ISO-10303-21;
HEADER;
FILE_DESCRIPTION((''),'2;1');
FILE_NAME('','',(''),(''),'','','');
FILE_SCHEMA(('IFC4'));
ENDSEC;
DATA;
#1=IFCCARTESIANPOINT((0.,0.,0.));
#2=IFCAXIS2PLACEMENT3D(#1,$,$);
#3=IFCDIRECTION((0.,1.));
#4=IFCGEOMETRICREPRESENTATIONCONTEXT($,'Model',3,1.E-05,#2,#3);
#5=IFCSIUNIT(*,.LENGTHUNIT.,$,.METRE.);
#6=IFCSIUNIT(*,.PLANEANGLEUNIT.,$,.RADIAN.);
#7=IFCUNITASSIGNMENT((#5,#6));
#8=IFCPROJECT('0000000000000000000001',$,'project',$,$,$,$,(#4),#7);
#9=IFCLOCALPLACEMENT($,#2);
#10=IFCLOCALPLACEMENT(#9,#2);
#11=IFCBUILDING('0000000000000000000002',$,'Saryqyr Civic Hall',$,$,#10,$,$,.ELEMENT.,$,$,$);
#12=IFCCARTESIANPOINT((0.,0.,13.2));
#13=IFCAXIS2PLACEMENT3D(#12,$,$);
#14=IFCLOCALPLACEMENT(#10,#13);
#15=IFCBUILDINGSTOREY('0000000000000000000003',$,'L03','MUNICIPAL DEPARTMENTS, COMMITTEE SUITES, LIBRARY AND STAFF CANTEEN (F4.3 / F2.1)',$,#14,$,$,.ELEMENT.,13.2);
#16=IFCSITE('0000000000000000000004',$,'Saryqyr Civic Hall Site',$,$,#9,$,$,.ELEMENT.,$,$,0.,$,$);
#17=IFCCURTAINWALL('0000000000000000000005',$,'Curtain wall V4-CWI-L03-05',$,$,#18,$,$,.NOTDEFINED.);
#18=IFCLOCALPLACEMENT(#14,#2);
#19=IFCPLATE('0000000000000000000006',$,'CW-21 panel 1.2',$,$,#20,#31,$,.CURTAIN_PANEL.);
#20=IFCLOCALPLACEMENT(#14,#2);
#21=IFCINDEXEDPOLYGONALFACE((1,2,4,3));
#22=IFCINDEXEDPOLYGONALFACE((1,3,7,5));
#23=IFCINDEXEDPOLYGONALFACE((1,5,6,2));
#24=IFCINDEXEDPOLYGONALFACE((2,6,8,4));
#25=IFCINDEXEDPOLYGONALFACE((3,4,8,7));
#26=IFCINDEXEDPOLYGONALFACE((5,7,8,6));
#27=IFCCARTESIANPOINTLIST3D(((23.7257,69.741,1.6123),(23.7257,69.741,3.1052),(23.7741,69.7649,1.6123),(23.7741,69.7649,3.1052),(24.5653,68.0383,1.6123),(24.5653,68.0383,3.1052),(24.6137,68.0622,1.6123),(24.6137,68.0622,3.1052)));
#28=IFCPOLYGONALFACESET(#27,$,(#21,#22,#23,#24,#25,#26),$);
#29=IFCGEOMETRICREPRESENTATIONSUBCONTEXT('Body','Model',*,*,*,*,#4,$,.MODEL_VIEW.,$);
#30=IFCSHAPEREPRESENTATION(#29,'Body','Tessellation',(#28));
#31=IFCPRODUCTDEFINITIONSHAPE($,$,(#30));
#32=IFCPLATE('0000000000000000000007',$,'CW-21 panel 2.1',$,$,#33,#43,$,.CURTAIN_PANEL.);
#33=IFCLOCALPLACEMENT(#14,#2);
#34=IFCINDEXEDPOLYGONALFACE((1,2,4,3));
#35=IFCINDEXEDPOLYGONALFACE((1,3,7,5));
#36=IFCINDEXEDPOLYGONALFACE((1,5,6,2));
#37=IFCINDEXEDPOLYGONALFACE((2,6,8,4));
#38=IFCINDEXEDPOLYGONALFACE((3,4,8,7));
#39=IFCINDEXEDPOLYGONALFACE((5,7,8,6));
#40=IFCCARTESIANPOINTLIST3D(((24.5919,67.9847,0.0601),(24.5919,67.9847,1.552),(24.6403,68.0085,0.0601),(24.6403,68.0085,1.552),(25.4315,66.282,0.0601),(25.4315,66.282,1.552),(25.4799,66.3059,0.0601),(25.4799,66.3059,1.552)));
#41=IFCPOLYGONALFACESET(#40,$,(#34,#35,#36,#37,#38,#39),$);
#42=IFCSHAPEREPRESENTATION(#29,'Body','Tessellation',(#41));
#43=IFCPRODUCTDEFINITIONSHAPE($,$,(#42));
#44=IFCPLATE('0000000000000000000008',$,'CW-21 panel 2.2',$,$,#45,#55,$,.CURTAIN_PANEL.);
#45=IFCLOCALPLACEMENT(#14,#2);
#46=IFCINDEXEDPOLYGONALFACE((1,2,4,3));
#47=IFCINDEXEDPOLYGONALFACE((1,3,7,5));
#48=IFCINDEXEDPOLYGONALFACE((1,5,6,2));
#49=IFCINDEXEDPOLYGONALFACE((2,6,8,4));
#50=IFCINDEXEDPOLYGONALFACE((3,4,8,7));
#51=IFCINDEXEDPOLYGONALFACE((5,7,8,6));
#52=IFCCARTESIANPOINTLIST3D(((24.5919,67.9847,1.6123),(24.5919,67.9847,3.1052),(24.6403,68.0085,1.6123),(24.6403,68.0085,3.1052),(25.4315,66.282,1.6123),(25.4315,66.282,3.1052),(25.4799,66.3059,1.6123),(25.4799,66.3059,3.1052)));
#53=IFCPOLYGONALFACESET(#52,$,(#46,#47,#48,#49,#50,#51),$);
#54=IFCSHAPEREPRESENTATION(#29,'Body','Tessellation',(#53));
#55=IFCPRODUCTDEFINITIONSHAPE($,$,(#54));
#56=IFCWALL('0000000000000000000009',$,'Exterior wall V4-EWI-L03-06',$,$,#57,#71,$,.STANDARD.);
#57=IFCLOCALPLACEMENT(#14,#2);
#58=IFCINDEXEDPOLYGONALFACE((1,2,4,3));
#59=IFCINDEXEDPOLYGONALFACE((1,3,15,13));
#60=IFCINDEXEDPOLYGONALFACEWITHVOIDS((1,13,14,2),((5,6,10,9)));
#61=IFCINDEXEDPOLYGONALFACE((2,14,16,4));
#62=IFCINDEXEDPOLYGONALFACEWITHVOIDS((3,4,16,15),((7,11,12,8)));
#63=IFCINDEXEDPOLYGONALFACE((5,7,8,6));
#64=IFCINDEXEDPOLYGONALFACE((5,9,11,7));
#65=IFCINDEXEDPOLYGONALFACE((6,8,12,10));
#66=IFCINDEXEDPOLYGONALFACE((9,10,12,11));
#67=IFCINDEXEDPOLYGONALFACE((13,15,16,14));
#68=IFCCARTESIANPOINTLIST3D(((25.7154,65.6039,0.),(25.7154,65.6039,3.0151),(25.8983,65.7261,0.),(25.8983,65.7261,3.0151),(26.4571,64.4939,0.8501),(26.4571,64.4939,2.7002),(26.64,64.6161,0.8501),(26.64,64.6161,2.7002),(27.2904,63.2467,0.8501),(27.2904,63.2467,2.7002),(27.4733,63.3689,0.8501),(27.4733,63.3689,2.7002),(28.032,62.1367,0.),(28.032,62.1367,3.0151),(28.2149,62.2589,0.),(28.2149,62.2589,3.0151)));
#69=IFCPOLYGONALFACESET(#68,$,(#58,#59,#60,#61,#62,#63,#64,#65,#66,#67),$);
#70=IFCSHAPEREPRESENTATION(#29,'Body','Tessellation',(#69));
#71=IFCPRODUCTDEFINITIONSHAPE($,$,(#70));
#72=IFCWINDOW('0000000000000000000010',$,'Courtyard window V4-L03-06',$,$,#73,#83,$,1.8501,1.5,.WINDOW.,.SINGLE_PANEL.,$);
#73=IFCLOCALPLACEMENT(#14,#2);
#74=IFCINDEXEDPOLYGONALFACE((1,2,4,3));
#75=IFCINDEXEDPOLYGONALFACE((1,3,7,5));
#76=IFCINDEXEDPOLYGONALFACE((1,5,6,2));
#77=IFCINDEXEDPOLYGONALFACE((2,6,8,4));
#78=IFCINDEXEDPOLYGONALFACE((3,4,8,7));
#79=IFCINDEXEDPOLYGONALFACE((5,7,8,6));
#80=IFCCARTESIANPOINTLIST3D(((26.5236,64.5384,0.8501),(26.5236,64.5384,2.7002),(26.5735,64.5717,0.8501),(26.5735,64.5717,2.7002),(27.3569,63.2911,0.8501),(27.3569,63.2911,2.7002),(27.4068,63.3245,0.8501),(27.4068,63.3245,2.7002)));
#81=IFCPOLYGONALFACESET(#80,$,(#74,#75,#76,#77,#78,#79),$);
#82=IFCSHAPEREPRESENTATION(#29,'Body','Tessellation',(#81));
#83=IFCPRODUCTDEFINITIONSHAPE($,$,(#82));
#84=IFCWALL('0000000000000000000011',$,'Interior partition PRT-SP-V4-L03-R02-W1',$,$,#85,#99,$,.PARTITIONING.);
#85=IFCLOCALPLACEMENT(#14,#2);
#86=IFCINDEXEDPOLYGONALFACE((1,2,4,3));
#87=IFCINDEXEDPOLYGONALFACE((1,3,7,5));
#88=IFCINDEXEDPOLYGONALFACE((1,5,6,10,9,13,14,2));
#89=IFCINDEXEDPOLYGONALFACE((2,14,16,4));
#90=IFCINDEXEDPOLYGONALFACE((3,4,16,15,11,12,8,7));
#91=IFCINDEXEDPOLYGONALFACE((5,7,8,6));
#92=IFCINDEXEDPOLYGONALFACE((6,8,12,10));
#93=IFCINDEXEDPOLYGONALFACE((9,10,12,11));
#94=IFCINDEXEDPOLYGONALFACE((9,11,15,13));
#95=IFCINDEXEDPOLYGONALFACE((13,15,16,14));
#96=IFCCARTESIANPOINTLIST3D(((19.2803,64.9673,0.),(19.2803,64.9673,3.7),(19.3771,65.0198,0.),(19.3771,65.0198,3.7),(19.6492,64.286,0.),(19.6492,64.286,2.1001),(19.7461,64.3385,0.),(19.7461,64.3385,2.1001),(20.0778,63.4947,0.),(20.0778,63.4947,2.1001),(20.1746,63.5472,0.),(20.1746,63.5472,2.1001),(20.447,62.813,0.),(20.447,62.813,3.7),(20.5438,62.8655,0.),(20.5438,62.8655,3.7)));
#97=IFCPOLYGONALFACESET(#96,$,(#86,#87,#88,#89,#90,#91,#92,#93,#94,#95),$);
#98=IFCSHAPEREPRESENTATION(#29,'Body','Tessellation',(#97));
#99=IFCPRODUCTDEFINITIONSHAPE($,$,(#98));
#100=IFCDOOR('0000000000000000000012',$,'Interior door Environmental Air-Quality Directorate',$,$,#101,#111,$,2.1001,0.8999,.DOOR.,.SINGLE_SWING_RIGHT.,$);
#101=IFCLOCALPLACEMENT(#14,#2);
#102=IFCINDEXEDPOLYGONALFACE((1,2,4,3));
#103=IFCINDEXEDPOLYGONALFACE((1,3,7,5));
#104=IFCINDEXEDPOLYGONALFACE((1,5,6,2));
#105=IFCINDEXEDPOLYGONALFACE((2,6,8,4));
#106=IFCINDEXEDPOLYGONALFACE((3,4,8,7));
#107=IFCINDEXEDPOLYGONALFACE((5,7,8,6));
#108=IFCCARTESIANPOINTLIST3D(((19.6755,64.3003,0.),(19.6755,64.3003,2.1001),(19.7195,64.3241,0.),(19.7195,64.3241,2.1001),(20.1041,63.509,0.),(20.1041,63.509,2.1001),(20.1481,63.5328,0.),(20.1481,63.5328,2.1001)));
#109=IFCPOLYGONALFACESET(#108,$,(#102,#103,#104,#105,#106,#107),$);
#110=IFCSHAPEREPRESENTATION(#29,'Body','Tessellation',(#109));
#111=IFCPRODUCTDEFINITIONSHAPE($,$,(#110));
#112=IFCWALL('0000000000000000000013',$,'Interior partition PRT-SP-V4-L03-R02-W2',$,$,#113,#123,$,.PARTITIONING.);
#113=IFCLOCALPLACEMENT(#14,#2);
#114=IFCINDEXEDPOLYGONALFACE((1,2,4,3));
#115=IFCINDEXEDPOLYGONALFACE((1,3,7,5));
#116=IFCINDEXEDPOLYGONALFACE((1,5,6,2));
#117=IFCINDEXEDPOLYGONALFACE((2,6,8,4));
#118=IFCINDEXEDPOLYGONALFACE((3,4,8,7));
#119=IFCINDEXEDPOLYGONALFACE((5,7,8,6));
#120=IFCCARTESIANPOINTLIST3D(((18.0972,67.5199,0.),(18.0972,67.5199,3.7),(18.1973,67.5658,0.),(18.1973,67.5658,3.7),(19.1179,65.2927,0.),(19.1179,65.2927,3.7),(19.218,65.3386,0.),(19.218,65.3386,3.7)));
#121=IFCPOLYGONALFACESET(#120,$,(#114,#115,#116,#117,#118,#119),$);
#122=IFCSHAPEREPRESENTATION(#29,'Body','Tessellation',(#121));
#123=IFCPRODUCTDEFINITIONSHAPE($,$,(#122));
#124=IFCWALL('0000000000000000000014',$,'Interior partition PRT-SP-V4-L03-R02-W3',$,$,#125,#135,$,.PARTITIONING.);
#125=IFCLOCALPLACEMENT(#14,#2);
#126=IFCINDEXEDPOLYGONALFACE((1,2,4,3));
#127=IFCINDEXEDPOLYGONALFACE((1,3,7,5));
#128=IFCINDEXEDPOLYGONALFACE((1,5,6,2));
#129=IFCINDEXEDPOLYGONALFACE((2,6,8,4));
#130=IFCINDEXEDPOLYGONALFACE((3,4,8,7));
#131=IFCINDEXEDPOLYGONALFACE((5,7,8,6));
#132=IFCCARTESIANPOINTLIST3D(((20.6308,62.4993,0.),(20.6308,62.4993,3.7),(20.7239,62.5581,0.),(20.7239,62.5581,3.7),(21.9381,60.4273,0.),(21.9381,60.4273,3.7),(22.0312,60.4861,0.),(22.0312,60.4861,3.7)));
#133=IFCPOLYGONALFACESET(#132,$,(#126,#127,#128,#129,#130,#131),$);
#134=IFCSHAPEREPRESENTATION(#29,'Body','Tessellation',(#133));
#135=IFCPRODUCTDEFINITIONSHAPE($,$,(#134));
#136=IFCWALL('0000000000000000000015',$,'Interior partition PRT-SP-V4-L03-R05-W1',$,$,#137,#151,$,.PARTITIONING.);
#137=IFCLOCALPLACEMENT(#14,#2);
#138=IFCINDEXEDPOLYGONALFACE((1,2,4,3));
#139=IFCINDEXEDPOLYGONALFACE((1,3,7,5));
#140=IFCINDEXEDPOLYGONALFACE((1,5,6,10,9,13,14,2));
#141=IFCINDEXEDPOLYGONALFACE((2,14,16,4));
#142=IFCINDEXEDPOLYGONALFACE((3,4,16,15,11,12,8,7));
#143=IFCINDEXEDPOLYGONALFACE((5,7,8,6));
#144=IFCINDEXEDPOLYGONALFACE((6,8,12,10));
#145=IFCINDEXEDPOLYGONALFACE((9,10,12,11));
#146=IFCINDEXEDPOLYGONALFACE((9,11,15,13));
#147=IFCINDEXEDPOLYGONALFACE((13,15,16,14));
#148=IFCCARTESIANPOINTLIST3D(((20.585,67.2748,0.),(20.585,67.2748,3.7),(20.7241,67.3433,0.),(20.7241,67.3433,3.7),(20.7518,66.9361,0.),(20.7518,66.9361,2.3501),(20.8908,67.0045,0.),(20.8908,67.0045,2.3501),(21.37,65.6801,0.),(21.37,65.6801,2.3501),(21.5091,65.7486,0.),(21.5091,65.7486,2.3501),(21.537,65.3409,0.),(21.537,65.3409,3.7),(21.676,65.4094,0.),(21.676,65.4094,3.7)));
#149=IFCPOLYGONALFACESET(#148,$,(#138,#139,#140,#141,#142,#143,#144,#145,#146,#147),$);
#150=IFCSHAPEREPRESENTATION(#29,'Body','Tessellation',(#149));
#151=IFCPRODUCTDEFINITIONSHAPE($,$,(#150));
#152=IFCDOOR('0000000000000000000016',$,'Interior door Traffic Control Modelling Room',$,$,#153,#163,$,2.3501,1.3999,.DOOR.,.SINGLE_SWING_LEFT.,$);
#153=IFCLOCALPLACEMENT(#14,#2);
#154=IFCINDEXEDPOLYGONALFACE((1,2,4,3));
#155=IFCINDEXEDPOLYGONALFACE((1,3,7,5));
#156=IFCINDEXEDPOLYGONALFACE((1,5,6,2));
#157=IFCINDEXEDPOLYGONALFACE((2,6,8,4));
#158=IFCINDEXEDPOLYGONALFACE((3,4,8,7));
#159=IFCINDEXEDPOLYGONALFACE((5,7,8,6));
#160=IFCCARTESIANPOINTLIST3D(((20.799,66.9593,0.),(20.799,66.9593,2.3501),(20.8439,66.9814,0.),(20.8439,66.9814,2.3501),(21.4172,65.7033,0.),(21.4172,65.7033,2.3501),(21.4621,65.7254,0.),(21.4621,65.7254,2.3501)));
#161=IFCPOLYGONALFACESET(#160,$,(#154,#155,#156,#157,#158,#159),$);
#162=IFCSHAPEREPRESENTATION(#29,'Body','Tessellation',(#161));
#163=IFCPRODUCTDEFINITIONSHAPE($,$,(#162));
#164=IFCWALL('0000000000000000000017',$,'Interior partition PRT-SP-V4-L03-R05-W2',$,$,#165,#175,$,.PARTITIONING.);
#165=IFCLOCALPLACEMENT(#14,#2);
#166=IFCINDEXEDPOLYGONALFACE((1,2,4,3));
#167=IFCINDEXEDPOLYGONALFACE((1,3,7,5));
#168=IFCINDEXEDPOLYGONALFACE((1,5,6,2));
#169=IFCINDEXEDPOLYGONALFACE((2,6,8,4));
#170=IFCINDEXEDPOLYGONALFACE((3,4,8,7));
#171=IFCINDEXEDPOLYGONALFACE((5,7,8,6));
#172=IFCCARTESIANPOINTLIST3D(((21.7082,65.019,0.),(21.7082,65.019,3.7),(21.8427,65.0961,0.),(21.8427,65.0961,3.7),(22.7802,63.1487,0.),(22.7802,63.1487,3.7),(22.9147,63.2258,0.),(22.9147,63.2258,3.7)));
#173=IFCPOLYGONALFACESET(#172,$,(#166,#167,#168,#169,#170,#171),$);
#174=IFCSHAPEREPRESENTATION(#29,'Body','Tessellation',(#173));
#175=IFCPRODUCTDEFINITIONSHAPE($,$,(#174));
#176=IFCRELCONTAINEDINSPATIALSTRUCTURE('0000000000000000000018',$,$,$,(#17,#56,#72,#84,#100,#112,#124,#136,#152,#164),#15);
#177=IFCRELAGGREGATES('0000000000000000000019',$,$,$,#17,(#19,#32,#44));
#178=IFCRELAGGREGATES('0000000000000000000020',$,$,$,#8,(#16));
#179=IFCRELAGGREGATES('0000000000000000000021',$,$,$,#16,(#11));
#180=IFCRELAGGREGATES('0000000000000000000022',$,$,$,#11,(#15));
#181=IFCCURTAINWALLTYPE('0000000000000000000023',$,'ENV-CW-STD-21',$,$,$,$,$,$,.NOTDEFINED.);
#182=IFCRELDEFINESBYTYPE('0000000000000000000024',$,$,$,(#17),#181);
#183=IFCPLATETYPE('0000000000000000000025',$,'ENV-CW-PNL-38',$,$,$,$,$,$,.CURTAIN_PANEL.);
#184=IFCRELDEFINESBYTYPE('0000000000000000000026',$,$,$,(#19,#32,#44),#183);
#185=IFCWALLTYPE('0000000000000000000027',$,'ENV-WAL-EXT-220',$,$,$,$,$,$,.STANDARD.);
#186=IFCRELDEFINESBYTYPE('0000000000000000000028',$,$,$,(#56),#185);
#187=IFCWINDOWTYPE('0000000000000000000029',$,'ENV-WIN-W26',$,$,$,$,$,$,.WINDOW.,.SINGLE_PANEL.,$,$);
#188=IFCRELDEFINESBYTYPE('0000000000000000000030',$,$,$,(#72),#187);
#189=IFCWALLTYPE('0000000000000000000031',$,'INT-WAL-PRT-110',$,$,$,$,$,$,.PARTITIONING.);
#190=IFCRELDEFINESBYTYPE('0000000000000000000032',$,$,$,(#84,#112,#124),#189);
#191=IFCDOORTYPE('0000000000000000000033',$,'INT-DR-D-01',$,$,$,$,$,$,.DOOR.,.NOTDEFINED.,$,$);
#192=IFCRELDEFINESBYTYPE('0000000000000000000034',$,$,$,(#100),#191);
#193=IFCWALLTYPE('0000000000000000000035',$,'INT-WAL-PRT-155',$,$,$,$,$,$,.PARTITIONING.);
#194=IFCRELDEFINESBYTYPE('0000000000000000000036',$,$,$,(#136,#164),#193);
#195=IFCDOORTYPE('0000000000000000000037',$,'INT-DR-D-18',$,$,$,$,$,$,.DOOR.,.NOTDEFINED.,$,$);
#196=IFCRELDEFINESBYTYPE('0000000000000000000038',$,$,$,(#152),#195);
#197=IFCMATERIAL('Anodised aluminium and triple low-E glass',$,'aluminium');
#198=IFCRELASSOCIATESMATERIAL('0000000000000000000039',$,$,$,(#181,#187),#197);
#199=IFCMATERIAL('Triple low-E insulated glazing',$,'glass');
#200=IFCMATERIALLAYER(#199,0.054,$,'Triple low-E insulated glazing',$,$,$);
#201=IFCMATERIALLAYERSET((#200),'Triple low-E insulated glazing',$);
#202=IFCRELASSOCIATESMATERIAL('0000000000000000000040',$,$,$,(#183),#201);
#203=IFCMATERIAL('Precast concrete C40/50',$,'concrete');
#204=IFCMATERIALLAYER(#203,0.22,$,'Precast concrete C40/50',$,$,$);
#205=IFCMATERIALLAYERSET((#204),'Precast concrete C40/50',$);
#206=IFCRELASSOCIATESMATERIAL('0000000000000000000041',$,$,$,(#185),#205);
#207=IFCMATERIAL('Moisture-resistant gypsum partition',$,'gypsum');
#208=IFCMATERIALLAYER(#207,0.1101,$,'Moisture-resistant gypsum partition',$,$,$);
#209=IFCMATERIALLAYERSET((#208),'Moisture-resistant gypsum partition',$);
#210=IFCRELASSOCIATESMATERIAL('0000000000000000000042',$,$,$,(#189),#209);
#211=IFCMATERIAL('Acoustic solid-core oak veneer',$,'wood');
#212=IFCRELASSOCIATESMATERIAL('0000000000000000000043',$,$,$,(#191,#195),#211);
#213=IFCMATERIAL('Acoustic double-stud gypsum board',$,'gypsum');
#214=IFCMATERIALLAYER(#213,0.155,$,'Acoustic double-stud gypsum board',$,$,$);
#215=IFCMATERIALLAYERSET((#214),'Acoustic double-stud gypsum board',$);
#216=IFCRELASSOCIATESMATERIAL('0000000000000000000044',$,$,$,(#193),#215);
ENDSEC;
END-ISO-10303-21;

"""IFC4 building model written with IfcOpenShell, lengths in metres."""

from ifc_helpers import new_model, si_unit, direction, frame, frame_2d, origin, origin_2d, place, context, subcontext, project, spatial, rectangle, extrude, material, layer, layer_set, type_object, element, fill, aggregate, save


model = new_model("IFC4")

# Units and contexts
model_context = context("Model", 3, precision=1e-05, world=origin(), true_north=direction((0.0, 1.0)))
body_context = subcontext(model_context, "Body", "Model", "MODEL_VIEW")
ifc_project = project(units=[si_unit("LENGTHUNIT", "METRE"), si_unit("PLANEANGLEUNIT", "RADIAN")], contexts=[model_context])

# Site, building, storey
site_placement = place(None, origin())
site = spatial("IfcSite", under=ifc_project, at=site_placement, Name="Saryqyr Civic Hall Site", CompositionType="ELEMENT", RefElevation=0.0)
building_placement = place(site_placement, origin())
building = spatial("IfcBuilding", under=site, at=building_placement, Name="Saryqyr Civic Hall", CompositionType="ELEMENT")
storey_placement = place(building_placement, frame((0.0, 0.0, 13.2)))
storey = spatial("IfcBuildingStorey", under=building, at=storey_placement, Name="L03", Description="MUNICIPAL DEPARTMENTS, COMMITTEE SUITES, LIBRARY AND STAFF CANTEEN (F4.3 / F2.1)", CompositionType="ELEMENT", Elevation=13.2)

# Curtain wall
ifc_material_1 = material(Name="Anodised aluminium and triple low-E glass", Category="aluminium")
curtain_wall_type_1 = type_object("IfcCurtainWallType", Name="ENV-CW-STD-21", PredefinedType="NOTDEFINED", material=ifc_material_1)
curtain_wall_1_placement = place(storey_placement, origin())
curtain_wall_1 = element("IfcCurtainWall", 1, at=curtain_wall_1_placement, inside=storey, type_object=curtain_wall_type_1, Name="Curtain wall V4-CWI-L03-05", PredefinedType="NOTDEFINED")

# Plates
ifc_material_2 = material(Name="Triple low-E insulated glazing", Category="glass")
ifc_layer_1 = layer(ifc_material_2, 0.054, Name="Triple low-E insulated glazing")
ifc_layer_set_1 = layer_set([ifc_layer_1], Name="Triple low-E insulated glazing")
plate_type = type_object("IfcPlateType", Name="ENV-CW-PNL-38", PredefinedType="CURTAIN_PANEL", material=ifc_layer_set_1)
plate_1_placement = place(storey_placement, frame((24.1697, 68.9016, 1.6123), z_axis=(0.0, 0.0, 1.0), x_axis=(0.442268, -0.896883, 0.0)))
plate_1 = element("IfcPlate", 2, at=plate_1_placement, type_object=plate_type, Name="CW-21 panel 1.2", PredefinedType="CURTAIN_PANEL", context=body_context, shape_type="SweptSolid", body=[
    extrude(rectangle(XDim=1.8984, YDim=0.054, at=origin_2d()), origin(), (0.0, 0.0, 1.0), 1.4929),
])
plate_2_placement = place(storey_placement, frame((25.0359, 67.1453, 0.0601), z_axis=(0.0, 0.0, 1.0), x_axis=(0.442268, -0.896883, 0.0)))
plate_2 = element("IfcPlate", 3, at=plate_2_placement, type_object=plate_type, Name="CW-21 panel 2.1", PredefinedType="CURTAIN_PANEL", context=body_context, shape_type="SweptSolid", body=[
    extrude(rectangle(XDim=1.8984, YDim=0.054, at=origin_2d()), origin(), (0.0, 0.0, 1.0), 1.4919),
])
plate_3_placement = place(storey_placement, frame((25.0359, 67.1453, 1.6123), z_axis=(0.0, 0.0, 1.0), x_axis=(0.442268, -0.896883, 0.0)))
plate_3 = element("IfcPlate", 4, at=plate_3_placement, type_object=plate_type, Name="CW-21 panel 2.2", PredefinedType="CURTAIN_PANEL", context=body_context, shape_type="SweptSolid", body=[
    extrude(rectangle(XDim=1.8984, YDim=0.054, at=origin_2d()), origin(), (0.0, 0.0, 1.0), 1.4929),
])
aggregate(curtain_wall_1, [plate_1, plate_2, plate_3])

# Wall, opening, window
ifc_material_3 = material(Name="Precast concrete C40/50", Category="concrete")
ifc_layer_2 = layer(ifc_material_3, 0.22, Name="Precast concrete C40/50")
ifc_layer_set_2 = layer_set([ifc_layer_2], Name="Precast concrete C40/50")
wall_type_1 = type_object("IfcWallType", Name="ENV-WAL-EXT-220", PredefinedType="STANDARD", material=ifc_layer_set_2)
wall_1_placement = place(storey_placement, frame((25.8069, 65.665, 0.0), z_axis=(0.0, 0.0, 1.0), x_axis=(0.555551, -0.831482, 0.0)))
wall_1 = element("IfcWall", 5, at=wall_1_placement, inside=storey, type_object=wall_type_1, Name="Exterior wall V4-EWI-L03-06", PredefinedType="STANDARD", context=body_context, shape_type="SweptSolid", body=[
    extrude(rectangle(XDim=4.1699, YDim=0.22, at=frame_2d((2.085, 0.0))), origin(), (0.0, 0.0, 1.0), 3.0151),
])
opening_1_placement = place(wall_1_placement, frame((1.335, 0.0, 0.8501)))
opening_1 = element("IfcOpeningElement", 6, at=opening_1_placement, cuts=wall_1, PredefinedType="OPENING", context=body_context, shape_type="SweptSolid", body=[
    extrude(rectangle(XDim=1.5, YDim=1.8501, at=frame_2d((0.75, 0.925))), frame((0.0, 0.1199, 0.0), z_axis=(0.0, -1.0, 0.0), x_axis=(1.0, 0.0, 0.0)), (0.0, 0.0, 1.0), 0.24),
])
window_type = type_object("IfcWindowType", Name="ENV-WIN-W26", PartitioningType="SINGLE_PANEL", PredefinedType="WINDOW", material=ifc_material_1)
window_placement = place(opening_1_placement, origin())
window = element("IfcWindow", 7, at=window_placement, inside=storey, type_object=window_type, Name="Courtyard window V4-L03-06", OverallHeight=1.8501, OverallWidth=1.5, PartitioningType="SINGLE_PANEL", PredefinedType="WINDOW", context=body_context, shape_type="SweptSolid", body=[
    extrude(rectangle(XDim=1.5, YDim=1.8501, at=frame_2d((0.75, 0.925))), frame((0.0, 0.03, 0.0), z_axis=(0.0, -1.0, 0.0), x_axis=(1.0, 0.0, 0.0)), (0.0, 0.0, 1.0), 0.0601),
])
fill(opening_1, window)

# Wall, opening, door
ifc_material_4 = material(Name="Moisture-resistant gypsum partition", Category="gypsum")
ifc_layer_3 = layer(ifc_material_4, 0.1101, Name="Moisture-resistant gypsum partition")
ifc_layer_set_3 = layer_set([ifc_layer_3], Name="Moisture-resistant gypsum partition")
wall_type_2 = type_object("IfcWallType", Name="INT-WAL-PRT-110", PredefinedType="PARTITIONING", material=ifc_layer_set_3)
wall_2_placement = place(storey_placement, frame((19.3286, 64.9937, 0.0), z_axis=(0.0, 0.0, 1.0), x_axis=(0.476232, -0.87932, 0.0)))
wall_2 = element("IfcWall", 8, at=wall_2_placement, inside=storey, type_object=wall_type_2, Name="Interior partition PRT-SP-V4-L03-R02-W1", PredefinedType="PARTITIONING", context=body_context, shape_type="SweptSolid", body=[
    extrude(rectangle(XDim=2.45, YDim=0.1101, at=frame_2d((1.2251, 0.0))), origin(), (0.0, 0.0, 1.0), 3.7),
])
opening_2_placement = place(wall_2_placement, frame((0.7749, 0.0, 0.0)))
opening_2 = element("IfcOpeningElement", 9, at=opening_2_placement, cuts=wall_2, PredefinedType="OPENING", context=body_context, shape_type="SweptSolid", body=[
    extrude(rectangle(XDim=0.8999, YDim=2.1001, at=frame_2d((0.45, 1.05))), frame((0.0, 0.0649, 0.0), z_axis=(0.0, -1.0, 0.0), x_axis=(1.0, 0.0, 0.0)), (0.0, 0.0, 1.0), 0.1301),
])
ifc_material_5 = material(Name="Acoustic solid-core oak veneer", Category="wood")
door_type_1 = type_object("IfcDoorType", Name="INT-DR-D-01", OperationType="NOTDEFINED", PredefinedType="DOOR", material=ifc_material_5)
door_1_placement = place(opening_2_placement, origin())
door_1 = element("IfcDoor", 10, at=door_1_placement, inside=storey, type_object=door_type_1, Name="Interior door Environmental Air-Quality Directorate", OperationType="SINGLE_SWING_RIGHT", OverallHeight=2.1001, OverallWidth=0.8999, PredefinedType="DOOR", context=body_context, shape_type="SweptSolid", body=[
    extrude(rectangle(XDim=0.8999, YDim=2.1001, at=frame_2d((0.45, 1.05))), frame((0.0, 0.0249, 0.0), z_axis=(0.0, -1.0, 0.0), x_axis=(1.0, 0.0, 0.0)), (0.0, 0.0, 1.0), 0.05),
])
fill(opening_2, door_1)

# Walls
for number, where, z_axis, x_axis, name in (
    (11, (18.1472, 67.543, 0.0), (0.0, 0.0, 1.0), (0.416624, -0.909079, 0.0), "Interior partition PRT-SP-V4-L03-R02-W2"),
    (12, (20.6772, 62.5288, 0.0), (0.0, 0.0, 1.0), (0.533622, -0.845723, 0.0), "Interior partition PRT-SP-V4-L03-R02-W3"),
):
    element("IfcWall", number, at=place(storey_placement, frame(where, z_axis=z_axis, x_axis=x_axis)), inside=storey, type_object=wall_type_2, Name=name, PredefinedType="PARTITIONING", context=body_context, shape_type="SweptSolid", body=[
        extrude(rectangle(XDim=2.45, YDim=0.1101, at=frame_2d((1.2251, 0.0))), origin(), (0.0, 0.0, 1.0), 3.7),
    ])

# Wall, opening, door
ifc_material_6 = material(Name="Acoustic double-stud gypsum board", Category="gypsum")
ifc_layer_4 = layer(ifc_material_6, 0.155, Name="Acoustic double-stud gypsum board")
ifc_layer_set_4 = layer_set([ifc_layer_4], Name="Acoustic double-stud gypsum board")
wall_type_3 = type_object("IfcWallType", Name="INT-WAL-PRT-155", PredefinedType="PARTITIONING", material=ifc_layer_set_4)
wall_3_placement = place(storey_placement, frame((21.6064, 65.3752, 0.0), z_axis=(0.0, 0.0, 1.0), x_axis=(-0.441632, 0.897196, 0.0)))
wall_3 = element("IfcWall", 13, at=wall_3_placement, inside=storey, type_object=wall_type_3, Name="Interior partition PRT-SP-V4-L03-R05-W1", PredefinedType="PARTITIONING", context=body_context, shape_type="SweptSolid", body=[
    extrude(rectangle(XDim=2.1555, YDim=0.155, at=frame_2d((1.0776, 0.0))), origin(), (0.0, 0.0, 1.0), 3.7),
])
opening_3_placement = place(wall_3_placement, frame((0.3779, 0.0, 0.0)))
opening_3 = element("IfcOpeningElement", 14, at=opening_3_placement, cuts=wall_3, PredefinedType="OPENING", context=body_context, shape_type="SweptSolid", body=[
    extrude(rectangle(XDim=1.3999, YDim=2.3501, at=frame_2d((0.7, 1.175))), frame((0.0, 0.0874, 0.0), z_axis=(0.0, -1.0, 0.0), x_axis=(1.0, 0.0, 0.0)), (0.0, 0.0, 1.0), 0.175),
])
door_type_2 = type_object("IfcDoorType", Name="INT-DR-D-18", OperationType="NOTDEFINED", PredefinedType="DOOR", material=ifc_material_5)
door_2_placement = place(opening_3_placement, origin())
door_2 = element("IfcDoor", 15, at=door_2_placement, inside=storey, type_object=door_type_2, Name="Interior door Traffic Control Modelling Room", OperationType="SINGLE_SWING_LEFT", OverallHeight=2.3501, OverallWidth=1.3999, PredefinedType="DOOR", context=body_context, shape_type="SweptSolid", body=[
    extrude(rectangle(XDim=1.3999, YDim=2.3501, at=frame_2d((0.7, 1.175))), frame((0.0, 0.0249, 0.0), z_axis=(0.0, -1.0, 0.0), x_axis=(1.0, 0.0, 0.0)), (0.0, 0.0, 1.0), 0.05),
])
fill(opening_3, door_2)

# Wall
wall_4_placement = place(storey_placement, frame((22.8474, 63.1873, 0.0), z_axis=(0.0, 0.0, 1.0), x_axis=(-0.497273, 0.867594, 0.0)))
element("IfcWall", 16, at=wall_4_placement, inside=storey, type_object=wall_type_3, Name="Interior partition PRT-SP-V4-L03-R05-W2", PredefinedType="PARTITIONING", context=body_context, shape_type="SweptSolid", body=[
    extrude(rectangle(XDim=2.1558, YDim=0.155, at=frame_2d((1.0779, 0.0))), origin(), (0.0, 0.0, 1.0), 3.7),
])

save(model, "model.ifc")
